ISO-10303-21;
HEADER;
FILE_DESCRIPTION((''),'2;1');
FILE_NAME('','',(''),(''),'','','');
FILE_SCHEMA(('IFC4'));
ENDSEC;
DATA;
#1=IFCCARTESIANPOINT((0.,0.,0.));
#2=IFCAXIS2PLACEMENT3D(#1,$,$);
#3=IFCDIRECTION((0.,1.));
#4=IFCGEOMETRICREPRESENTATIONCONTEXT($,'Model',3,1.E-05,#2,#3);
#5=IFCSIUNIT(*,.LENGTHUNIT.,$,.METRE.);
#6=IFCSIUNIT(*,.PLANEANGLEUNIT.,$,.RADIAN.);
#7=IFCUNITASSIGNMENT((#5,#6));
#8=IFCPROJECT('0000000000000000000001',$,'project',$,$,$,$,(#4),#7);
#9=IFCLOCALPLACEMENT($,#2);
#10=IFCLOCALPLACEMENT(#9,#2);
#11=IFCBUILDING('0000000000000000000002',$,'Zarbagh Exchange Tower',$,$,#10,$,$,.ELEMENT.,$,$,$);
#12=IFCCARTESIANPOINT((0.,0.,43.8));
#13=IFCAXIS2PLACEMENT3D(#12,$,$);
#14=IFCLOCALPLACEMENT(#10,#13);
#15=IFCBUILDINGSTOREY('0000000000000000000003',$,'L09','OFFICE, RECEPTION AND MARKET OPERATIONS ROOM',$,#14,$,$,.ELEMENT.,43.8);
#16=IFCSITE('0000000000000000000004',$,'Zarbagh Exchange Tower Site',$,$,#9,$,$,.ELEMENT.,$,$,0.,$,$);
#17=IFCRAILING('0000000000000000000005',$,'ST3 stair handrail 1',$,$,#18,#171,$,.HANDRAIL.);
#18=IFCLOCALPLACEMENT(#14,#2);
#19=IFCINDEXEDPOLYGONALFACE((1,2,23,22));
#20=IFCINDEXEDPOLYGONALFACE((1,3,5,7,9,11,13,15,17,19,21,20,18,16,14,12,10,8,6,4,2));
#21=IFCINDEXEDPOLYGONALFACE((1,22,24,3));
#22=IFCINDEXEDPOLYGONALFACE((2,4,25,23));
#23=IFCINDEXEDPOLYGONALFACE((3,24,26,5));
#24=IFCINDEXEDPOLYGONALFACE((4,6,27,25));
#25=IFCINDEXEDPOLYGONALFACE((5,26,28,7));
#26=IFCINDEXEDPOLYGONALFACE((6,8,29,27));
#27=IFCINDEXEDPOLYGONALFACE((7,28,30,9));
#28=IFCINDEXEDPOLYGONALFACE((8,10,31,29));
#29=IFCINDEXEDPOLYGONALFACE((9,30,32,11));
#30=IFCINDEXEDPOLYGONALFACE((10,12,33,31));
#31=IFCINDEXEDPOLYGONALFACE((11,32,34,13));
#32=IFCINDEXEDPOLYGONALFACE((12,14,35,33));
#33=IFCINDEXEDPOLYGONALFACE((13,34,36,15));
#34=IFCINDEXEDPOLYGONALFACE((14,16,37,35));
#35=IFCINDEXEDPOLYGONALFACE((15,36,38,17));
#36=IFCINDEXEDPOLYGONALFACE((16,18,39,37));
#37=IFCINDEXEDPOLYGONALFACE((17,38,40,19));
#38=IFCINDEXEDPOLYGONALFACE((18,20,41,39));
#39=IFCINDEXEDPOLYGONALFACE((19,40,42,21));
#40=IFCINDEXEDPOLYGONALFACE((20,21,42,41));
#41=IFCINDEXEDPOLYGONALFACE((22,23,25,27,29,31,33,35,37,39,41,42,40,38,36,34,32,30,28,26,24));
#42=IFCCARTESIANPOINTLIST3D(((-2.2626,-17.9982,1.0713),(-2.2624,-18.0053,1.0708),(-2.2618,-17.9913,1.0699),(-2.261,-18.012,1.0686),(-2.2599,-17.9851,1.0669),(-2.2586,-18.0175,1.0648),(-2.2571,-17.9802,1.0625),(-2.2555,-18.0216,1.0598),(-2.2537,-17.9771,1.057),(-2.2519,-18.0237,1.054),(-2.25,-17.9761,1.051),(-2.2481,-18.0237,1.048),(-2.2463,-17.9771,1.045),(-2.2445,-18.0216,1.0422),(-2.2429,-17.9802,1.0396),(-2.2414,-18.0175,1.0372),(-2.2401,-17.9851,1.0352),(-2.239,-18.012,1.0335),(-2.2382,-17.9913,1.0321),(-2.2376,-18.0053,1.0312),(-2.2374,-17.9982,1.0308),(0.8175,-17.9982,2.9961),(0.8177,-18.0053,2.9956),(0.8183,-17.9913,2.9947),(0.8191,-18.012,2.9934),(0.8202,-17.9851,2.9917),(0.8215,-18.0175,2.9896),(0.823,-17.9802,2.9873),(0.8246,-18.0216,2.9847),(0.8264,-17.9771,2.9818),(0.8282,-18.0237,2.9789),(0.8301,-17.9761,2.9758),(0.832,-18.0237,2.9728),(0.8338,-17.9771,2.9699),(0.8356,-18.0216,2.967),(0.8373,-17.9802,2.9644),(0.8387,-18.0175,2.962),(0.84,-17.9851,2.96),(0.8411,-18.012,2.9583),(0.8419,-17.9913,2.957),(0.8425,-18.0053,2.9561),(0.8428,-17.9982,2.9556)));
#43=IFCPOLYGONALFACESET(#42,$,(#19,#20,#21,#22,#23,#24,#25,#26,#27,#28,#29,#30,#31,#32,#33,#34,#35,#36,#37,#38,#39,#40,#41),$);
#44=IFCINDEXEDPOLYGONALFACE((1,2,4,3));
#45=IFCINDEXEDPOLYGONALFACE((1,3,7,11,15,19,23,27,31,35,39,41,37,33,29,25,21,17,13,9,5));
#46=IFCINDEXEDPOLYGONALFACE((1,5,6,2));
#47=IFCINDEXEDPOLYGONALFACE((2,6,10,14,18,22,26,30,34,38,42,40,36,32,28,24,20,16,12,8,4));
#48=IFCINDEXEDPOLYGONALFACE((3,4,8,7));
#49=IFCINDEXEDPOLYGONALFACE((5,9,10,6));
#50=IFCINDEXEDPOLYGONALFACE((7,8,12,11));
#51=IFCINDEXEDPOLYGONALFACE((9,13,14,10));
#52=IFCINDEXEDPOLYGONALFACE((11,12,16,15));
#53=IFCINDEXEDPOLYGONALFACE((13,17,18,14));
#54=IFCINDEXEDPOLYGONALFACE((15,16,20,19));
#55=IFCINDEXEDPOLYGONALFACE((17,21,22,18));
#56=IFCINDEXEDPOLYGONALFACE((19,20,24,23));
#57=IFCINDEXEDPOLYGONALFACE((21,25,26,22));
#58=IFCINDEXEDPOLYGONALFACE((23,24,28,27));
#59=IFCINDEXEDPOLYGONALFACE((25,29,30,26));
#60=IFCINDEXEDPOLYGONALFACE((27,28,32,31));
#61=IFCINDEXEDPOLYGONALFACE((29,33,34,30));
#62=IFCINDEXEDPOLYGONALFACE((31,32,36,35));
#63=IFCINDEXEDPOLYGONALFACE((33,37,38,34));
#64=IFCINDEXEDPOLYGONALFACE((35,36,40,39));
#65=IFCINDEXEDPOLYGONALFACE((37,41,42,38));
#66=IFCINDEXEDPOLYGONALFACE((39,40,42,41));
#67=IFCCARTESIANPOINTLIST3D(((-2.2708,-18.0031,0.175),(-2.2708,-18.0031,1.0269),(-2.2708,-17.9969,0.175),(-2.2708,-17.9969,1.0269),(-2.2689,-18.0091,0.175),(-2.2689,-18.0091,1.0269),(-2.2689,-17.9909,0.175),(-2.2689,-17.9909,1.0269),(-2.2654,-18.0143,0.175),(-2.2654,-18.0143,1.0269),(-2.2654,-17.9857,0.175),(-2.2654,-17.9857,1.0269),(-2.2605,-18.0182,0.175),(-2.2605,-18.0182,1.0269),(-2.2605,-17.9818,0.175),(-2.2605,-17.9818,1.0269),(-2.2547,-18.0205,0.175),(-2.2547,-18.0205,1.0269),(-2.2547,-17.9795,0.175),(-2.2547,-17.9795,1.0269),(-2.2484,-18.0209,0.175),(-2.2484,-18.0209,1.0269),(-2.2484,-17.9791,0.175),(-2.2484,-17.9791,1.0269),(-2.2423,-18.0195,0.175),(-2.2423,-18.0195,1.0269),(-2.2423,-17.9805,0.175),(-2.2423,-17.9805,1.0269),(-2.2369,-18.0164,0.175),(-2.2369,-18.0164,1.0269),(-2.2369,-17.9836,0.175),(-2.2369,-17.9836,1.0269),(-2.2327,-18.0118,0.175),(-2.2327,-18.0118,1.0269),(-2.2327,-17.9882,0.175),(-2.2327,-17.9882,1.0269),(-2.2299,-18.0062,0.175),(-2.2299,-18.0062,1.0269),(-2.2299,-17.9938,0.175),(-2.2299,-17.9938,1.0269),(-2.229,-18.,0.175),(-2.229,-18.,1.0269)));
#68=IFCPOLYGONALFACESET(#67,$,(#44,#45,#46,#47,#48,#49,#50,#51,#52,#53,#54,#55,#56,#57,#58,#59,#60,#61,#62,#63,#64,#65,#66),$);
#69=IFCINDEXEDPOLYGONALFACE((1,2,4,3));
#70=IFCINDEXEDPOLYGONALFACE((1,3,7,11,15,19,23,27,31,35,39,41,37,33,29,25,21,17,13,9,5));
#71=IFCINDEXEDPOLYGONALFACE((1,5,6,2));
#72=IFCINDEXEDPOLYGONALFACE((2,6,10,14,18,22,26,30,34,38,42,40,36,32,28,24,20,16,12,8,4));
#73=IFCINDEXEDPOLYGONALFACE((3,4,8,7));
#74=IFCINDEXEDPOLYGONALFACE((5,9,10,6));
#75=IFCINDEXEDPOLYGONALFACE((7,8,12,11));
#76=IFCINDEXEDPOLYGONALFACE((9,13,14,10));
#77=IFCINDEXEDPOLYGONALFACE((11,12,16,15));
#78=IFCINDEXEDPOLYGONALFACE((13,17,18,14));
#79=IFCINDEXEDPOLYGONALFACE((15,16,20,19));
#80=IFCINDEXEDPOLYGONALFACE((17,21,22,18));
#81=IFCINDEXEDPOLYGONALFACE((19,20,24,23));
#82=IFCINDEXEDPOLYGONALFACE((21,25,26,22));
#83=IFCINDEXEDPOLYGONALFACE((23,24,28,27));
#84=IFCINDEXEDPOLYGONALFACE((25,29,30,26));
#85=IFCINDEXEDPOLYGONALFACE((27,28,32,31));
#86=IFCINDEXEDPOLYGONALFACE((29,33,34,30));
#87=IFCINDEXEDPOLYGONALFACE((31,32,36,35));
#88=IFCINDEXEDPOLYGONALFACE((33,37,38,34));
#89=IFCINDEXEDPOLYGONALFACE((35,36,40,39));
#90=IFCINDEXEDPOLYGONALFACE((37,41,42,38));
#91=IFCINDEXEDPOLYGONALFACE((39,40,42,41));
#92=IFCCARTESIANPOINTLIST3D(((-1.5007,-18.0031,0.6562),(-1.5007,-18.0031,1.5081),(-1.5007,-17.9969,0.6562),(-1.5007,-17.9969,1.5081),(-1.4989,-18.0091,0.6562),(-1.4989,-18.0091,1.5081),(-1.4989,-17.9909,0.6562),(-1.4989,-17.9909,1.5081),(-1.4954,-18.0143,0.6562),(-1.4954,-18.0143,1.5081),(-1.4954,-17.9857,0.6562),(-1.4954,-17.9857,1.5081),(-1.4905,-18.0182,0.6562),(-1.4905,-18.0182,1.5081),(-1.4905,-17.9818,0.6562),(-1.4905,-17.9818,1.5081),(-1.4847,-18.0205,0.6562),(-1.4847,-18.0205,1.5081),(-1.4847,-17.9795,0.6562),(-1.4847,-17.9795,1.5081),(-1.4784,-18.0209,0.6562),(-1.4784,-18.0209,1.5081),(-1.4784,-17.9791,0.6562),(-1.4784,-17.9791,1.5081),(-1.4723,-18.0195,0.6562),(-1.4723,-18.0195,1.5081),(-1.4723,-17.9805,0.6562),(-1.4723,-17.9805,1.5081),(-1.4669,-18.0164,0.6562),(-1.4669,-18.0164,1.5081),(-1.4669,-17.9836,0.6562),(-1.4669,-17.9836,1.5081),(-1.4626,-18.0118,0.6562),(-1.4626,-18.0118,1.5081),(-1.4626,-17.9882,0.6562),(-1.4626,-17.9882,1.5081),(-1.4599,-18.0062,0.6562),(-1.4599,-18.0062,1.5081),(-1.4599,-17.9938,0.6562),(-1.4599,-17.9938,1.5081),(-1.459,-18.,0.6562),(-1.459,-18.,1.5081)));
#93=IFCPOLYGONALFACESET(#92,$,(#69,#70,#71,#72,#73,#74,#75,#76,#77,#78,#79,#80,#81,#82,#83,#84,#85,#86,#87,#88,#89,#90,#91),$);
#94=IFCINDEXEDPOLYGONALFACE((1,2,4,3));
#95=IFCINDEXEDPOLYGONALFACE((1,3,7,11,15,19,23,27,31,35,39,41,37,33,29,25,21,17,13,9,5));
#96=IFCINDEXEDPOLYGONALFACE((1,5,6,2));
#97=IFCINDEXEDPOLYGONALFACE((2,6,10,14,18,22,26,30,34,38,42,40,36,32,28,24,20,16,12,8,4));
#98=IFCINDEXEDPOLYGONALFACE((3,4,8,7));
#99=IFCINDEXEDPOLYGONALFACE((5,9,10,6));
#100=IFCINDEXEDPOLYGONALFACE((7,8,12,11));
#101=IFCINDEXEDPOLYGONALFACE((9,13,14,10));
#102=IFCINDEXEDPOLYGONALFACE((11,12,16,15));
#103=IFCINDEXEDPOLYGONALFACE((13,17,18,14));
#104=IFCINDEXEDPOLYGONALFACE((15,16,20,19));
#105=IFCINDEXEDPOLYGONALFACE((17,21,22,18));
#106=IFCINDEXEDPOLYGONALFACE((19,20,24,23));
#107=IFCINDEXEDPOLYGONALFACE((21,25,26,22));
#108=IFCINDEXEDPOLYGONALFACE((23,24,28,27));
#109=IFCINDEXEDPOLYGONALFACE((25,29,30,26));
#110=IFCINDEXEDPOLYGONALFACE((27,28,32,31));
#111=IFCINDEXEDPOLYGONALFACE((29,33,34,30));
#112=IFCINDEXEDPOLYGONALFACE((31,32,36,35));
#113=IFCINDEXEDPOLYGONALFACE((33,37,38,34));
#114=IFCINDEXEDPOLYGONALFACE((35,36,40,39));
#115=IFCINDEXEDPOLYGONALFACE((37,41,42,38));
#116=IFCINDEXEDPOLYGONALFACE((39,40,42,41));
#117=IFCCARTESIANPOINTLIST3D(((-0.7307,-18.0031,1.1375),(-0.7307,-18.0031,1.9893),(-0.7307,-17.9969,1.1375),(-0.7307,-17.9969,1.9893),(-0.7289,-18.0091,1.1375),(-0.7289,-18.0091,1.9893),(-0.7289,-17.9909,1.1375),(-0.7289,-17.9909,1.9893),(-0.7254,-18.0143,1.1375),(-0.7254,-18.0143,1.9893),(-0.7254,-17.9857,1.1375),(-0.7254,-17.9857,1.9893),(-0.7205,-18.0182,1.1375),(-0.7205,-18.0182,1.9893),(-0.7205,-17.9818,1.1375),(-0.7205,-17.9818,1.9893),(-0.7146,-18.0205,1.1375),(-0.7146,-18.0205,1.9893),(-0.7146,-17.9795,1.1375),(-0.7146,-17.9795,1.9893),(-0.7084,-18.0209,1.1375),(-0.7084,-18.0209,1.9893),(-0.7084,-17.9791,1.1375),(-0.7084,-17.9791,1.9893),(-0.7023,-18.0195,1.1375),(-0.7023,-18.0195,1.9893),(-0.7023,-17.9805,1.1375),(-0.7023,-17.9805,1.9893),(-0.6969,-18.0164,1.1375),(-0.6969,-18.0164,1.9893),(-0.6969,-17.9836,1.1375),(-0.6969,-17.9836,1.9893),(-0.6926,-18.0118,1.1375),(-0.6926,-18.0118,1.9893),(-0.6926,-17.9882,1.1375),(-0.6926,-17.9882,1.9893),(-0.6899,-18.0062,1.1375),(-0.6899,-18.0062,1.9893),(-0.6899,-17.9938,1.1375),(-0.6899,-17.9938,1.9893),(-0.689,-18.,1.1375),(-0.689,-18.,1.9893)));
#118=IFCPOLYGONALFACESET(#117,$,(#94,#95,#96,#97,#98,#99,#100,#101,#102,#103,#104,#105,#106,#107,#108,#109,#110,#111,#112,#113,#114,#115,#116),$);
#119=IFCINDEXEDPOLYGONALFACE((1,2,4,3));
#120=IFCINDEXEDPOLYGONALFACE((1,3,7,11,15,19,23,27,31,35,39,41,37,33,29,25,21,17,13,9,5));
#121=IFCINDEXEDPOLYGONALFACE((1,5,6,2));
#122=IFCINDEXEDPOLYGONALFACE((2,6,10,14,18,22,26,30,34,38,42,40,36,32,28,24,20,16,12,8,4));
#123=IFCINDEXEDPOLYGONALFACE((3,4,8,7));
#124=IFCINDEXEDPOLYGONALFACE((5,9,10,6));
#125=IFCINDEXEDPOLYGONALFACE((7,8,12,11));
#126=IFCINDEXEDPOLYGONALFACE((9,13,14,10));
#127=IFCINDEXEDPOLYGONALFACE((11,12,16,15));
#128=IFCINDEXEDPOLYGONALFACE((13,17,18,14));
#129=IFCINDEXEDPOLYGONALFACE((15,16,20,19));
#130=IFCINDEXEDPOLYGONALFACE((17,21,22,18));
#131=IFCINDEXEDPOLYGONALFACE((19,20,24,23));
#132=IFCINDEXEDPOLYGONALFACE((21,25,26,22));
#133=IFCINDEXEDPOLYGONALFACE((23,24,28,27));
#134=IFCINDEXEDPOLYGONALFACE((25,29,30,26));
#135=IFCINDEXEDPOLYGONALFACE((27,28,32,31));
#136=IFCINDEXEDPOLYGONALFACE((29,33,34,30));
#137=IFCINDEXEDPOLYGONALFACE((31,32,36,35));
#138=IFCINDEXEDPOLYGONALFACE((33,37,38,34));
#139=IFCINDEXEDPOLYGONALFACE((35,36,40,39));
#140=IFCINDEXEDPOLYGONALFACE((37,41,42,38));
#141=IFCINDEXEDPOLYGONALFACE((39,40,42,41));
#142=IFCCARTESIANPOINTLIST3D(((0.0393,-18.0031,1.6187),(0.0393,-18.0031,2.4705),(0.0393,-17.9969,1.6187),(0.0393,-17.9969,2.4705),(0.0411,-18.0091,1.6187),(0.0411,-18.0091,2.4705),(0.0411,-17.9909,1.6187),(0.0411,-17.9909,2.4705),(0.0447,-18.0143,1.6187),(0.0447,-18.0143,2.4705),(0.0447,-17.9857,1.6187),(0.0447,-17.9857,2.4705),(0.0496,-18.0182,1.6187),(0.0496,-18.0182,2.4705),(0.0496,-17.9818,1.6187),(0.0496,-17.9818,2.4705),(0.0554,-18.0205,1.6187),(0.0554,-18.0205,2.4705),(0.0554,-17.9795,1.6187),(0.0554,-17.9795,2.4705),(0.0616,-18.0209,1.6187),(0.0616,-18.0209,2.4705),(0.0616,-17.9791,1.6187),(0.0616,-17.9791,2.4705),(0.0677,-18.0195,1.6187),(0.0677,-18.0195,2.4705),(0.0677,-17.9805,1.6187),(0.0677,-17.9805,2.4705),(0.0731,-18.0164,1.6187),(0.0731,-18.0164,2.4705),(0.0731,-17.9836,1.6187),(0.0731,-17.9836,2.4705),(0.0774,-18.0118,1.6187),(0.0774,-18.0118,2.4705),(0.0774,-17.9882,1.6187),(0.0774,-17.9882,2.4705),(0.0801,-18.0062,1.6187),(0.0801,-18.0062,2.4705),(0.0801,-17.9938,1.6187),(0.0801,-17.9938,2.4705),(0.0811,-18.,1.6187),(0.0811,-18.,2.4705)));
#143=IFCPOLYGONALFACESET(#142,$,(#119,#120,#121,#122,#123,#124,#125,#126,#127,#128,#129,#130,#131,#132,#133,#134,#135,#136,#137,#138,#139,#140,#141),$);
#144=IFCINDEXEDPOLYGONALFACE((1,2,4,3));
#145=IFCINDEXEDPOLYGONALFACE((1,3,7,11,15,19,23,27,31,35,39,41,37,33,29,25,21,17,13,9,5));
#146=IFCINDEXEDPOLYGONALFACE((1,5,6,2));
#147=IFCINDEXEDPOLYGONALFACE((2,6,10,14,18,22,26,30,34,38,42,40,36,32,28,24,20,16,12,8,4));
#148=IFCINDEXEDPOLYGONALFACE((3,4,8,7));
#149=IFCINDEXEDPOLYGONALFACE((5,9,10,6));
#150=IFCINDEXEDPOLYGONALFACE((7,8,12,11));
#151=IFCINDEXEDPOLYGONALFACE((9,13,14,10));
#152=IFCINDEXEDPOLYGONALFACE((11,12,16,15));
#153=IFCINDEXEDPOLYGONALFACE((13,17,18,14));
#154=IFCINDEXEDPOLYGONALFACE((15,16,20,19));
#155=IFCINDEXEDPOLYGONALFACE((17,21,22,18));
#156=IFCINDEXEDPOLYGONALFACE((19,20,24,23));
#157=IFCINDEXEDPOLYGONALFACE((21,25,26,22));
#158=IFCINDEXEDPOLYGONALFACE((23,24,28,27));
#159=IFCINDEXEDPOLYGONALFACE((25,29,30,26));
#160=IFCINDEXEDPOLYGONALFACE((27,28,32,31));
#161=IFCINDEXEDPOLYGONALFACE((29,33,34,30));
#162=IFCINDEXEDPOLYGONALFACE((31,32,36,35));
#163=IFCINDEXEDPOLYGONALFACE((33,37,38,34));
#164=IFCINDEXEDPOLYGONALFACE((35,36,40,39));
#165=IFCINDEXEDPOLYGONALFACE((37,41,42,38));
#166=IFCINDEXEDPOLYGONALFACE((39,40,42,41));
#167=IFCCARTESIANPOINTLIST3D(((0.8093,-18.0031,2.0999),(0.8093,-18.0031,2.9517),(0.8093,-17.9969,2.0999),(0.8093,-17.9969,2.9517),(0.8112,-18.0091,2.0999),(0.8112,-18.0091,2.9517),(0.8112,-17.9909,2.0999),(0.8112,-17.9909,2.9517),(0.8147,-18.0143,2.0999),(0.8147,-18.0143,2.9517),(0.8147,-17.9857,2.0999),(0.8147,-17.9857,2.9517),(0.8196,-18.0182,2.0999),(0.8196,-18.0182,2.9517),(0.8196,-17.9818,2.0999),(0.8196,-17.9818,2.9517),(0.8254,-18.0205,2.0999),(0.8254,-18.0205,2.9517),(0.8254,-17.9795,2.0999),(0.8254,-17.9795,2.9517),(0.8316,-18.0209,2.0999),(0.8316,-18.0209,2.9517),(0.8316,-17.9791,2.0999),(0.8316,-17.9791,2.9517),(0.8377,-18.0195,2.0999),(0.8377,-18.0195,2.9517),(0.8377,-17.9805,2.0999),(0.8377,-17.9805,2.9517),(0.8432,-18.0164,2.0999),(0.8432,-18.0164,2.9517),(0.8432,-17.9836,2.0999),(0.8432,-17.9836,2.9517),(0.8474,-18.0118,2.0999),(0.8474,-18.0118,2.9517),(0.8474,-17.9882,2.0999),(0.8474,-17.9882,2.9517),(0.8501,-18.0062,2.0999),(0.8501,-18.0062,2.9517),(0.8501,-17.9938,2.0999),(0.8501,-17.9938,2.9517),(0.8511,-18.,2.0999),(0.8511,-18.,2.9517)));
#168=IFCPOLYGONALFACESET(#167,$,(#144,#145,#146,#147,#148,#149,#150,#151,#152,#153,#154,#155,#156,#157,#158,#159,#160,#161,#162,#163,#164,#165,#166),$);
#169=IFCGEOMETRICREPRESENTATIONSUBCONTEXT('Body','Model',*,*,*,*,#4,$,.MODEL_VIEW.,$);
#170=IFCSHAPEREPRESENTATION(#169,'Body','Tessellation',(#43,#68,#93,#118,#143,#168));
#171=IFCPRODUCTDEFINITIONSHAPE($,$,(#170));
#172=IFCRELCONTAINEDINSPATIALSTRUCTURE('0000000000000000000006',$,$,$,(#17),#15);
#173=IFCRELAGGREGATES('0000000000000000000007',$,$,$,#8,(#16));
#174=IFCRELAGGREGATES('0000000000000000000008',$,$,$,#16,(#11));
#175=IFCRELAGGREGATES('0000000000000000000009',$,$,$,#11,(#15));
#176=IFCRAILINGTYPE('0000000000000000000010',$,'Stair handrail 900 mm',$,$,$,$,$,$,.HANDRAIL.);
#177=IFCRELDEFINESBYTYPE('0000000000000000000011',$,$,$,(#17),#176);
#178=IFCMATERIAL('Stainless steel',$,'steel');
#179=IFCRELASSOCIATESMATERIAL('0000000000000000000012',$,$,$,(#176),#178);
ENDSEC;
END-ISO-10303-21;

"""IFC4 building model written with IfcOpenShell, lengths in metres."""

from ifc_helpers import new_model, si_unit, direction, frame, origin, origin_2d, place, context, subcontext, project, spatial, circle, extrude, material, type_object, element, save


model = new_model("IFC4")

# Units and contexts
model_context = context("Model", 3, precision=1e-05, world=origin(), true_north=direction((0.0, 1.0)))
body_context = subcontext(model_context, "Body", "Model", "MODEL_VIEW")
ifc_project = project(units=[si_unit("LENGTHUNIT", "METRE"), si_unit("PLANEANGLEUNIT", "RADIAN")], contexts=[model_context])

# Site, building, storey
site_placement = place(None, origin())
site = spatial("IfcSite", under=ifc_project, at=site_placement, Name="Zarbagh Exchange Tower Site", CompositionType="ELEMENT", RefElevation=0.0)
building_placement = place(site_placement, origin())
building = spatial("IfcBuilding", under=site, at=building_placement, Name="Zarbagh Exchange Tower", CompositionType="ELEMENT")
storey_placement = place(building_placement, frame((0.0, 0.0, 43.8)))
storey = spatial("IfcBuildingStorey", under=building, at=storey_placement, Name="L09", Description="OFFICE, RECEPTION AND MARKET OPERATIONS ROOM", CompositionType="ELEMENT", Elevation=43.8)

# Shared definitions
ifc_material_1 = material(Name="Stainless steel", Category="steel")

# Railing
railing_type_1 = type_object("IfcRailingType", Name="Stair handrail 900 mm", PredefinedType="HANDRAIL", material=ifc_material_1)
railing_1_placement = place(storey_placement, frame((-2.25, -18.0, 0.175)))
element("IfcRailing", 1, at=railing_1_placement, inside=storey, type_object=railing_type_1, Name="ST3 stair handrail 1", PredefinedType="HANDRAIL", context=body_context, shape_type="SweptSolid", body=[
    extrude(circle(Radius=0.0239, at=origin_2d()), frame((0.0, 0.0, 0.876), z_axis=(0.848029, 0.0, 0.529951), x_axis=(0.0, 1.0, 0.0)), (0.0, 0.0, 1.0), 3.6321),
    extrude(circle(Radius=0.021, at=origin_2d()), origin(), (0.0, 0.0, 1.0), 0.8518),
    extrude(circle(Radius=0.021, at=origin_2d()), frame((0.77, 0.0, 0.4812)), (0.0, 0.0, 1.0), 0.8518),
    extrude(circle(Radius=0.021, at=origin_2d()), frame((1.54, 0.0, 0.9624)), (0.0, 0.0, 1.0), 0.8518),
    extrude(circle(Radius=0.021, at=origin_2d()), frame((2.3101, 0.0, 1.4436)), (0.0, 0.0, 1.0), 0.8518),
    extrude(circle(Radius=0.021, at=origin_2d()), frame((3.0801, 0.0, 1.9248)), (0.0, 0.0, 1.0), 0.8518),
])

save(model, "model.ifc")
